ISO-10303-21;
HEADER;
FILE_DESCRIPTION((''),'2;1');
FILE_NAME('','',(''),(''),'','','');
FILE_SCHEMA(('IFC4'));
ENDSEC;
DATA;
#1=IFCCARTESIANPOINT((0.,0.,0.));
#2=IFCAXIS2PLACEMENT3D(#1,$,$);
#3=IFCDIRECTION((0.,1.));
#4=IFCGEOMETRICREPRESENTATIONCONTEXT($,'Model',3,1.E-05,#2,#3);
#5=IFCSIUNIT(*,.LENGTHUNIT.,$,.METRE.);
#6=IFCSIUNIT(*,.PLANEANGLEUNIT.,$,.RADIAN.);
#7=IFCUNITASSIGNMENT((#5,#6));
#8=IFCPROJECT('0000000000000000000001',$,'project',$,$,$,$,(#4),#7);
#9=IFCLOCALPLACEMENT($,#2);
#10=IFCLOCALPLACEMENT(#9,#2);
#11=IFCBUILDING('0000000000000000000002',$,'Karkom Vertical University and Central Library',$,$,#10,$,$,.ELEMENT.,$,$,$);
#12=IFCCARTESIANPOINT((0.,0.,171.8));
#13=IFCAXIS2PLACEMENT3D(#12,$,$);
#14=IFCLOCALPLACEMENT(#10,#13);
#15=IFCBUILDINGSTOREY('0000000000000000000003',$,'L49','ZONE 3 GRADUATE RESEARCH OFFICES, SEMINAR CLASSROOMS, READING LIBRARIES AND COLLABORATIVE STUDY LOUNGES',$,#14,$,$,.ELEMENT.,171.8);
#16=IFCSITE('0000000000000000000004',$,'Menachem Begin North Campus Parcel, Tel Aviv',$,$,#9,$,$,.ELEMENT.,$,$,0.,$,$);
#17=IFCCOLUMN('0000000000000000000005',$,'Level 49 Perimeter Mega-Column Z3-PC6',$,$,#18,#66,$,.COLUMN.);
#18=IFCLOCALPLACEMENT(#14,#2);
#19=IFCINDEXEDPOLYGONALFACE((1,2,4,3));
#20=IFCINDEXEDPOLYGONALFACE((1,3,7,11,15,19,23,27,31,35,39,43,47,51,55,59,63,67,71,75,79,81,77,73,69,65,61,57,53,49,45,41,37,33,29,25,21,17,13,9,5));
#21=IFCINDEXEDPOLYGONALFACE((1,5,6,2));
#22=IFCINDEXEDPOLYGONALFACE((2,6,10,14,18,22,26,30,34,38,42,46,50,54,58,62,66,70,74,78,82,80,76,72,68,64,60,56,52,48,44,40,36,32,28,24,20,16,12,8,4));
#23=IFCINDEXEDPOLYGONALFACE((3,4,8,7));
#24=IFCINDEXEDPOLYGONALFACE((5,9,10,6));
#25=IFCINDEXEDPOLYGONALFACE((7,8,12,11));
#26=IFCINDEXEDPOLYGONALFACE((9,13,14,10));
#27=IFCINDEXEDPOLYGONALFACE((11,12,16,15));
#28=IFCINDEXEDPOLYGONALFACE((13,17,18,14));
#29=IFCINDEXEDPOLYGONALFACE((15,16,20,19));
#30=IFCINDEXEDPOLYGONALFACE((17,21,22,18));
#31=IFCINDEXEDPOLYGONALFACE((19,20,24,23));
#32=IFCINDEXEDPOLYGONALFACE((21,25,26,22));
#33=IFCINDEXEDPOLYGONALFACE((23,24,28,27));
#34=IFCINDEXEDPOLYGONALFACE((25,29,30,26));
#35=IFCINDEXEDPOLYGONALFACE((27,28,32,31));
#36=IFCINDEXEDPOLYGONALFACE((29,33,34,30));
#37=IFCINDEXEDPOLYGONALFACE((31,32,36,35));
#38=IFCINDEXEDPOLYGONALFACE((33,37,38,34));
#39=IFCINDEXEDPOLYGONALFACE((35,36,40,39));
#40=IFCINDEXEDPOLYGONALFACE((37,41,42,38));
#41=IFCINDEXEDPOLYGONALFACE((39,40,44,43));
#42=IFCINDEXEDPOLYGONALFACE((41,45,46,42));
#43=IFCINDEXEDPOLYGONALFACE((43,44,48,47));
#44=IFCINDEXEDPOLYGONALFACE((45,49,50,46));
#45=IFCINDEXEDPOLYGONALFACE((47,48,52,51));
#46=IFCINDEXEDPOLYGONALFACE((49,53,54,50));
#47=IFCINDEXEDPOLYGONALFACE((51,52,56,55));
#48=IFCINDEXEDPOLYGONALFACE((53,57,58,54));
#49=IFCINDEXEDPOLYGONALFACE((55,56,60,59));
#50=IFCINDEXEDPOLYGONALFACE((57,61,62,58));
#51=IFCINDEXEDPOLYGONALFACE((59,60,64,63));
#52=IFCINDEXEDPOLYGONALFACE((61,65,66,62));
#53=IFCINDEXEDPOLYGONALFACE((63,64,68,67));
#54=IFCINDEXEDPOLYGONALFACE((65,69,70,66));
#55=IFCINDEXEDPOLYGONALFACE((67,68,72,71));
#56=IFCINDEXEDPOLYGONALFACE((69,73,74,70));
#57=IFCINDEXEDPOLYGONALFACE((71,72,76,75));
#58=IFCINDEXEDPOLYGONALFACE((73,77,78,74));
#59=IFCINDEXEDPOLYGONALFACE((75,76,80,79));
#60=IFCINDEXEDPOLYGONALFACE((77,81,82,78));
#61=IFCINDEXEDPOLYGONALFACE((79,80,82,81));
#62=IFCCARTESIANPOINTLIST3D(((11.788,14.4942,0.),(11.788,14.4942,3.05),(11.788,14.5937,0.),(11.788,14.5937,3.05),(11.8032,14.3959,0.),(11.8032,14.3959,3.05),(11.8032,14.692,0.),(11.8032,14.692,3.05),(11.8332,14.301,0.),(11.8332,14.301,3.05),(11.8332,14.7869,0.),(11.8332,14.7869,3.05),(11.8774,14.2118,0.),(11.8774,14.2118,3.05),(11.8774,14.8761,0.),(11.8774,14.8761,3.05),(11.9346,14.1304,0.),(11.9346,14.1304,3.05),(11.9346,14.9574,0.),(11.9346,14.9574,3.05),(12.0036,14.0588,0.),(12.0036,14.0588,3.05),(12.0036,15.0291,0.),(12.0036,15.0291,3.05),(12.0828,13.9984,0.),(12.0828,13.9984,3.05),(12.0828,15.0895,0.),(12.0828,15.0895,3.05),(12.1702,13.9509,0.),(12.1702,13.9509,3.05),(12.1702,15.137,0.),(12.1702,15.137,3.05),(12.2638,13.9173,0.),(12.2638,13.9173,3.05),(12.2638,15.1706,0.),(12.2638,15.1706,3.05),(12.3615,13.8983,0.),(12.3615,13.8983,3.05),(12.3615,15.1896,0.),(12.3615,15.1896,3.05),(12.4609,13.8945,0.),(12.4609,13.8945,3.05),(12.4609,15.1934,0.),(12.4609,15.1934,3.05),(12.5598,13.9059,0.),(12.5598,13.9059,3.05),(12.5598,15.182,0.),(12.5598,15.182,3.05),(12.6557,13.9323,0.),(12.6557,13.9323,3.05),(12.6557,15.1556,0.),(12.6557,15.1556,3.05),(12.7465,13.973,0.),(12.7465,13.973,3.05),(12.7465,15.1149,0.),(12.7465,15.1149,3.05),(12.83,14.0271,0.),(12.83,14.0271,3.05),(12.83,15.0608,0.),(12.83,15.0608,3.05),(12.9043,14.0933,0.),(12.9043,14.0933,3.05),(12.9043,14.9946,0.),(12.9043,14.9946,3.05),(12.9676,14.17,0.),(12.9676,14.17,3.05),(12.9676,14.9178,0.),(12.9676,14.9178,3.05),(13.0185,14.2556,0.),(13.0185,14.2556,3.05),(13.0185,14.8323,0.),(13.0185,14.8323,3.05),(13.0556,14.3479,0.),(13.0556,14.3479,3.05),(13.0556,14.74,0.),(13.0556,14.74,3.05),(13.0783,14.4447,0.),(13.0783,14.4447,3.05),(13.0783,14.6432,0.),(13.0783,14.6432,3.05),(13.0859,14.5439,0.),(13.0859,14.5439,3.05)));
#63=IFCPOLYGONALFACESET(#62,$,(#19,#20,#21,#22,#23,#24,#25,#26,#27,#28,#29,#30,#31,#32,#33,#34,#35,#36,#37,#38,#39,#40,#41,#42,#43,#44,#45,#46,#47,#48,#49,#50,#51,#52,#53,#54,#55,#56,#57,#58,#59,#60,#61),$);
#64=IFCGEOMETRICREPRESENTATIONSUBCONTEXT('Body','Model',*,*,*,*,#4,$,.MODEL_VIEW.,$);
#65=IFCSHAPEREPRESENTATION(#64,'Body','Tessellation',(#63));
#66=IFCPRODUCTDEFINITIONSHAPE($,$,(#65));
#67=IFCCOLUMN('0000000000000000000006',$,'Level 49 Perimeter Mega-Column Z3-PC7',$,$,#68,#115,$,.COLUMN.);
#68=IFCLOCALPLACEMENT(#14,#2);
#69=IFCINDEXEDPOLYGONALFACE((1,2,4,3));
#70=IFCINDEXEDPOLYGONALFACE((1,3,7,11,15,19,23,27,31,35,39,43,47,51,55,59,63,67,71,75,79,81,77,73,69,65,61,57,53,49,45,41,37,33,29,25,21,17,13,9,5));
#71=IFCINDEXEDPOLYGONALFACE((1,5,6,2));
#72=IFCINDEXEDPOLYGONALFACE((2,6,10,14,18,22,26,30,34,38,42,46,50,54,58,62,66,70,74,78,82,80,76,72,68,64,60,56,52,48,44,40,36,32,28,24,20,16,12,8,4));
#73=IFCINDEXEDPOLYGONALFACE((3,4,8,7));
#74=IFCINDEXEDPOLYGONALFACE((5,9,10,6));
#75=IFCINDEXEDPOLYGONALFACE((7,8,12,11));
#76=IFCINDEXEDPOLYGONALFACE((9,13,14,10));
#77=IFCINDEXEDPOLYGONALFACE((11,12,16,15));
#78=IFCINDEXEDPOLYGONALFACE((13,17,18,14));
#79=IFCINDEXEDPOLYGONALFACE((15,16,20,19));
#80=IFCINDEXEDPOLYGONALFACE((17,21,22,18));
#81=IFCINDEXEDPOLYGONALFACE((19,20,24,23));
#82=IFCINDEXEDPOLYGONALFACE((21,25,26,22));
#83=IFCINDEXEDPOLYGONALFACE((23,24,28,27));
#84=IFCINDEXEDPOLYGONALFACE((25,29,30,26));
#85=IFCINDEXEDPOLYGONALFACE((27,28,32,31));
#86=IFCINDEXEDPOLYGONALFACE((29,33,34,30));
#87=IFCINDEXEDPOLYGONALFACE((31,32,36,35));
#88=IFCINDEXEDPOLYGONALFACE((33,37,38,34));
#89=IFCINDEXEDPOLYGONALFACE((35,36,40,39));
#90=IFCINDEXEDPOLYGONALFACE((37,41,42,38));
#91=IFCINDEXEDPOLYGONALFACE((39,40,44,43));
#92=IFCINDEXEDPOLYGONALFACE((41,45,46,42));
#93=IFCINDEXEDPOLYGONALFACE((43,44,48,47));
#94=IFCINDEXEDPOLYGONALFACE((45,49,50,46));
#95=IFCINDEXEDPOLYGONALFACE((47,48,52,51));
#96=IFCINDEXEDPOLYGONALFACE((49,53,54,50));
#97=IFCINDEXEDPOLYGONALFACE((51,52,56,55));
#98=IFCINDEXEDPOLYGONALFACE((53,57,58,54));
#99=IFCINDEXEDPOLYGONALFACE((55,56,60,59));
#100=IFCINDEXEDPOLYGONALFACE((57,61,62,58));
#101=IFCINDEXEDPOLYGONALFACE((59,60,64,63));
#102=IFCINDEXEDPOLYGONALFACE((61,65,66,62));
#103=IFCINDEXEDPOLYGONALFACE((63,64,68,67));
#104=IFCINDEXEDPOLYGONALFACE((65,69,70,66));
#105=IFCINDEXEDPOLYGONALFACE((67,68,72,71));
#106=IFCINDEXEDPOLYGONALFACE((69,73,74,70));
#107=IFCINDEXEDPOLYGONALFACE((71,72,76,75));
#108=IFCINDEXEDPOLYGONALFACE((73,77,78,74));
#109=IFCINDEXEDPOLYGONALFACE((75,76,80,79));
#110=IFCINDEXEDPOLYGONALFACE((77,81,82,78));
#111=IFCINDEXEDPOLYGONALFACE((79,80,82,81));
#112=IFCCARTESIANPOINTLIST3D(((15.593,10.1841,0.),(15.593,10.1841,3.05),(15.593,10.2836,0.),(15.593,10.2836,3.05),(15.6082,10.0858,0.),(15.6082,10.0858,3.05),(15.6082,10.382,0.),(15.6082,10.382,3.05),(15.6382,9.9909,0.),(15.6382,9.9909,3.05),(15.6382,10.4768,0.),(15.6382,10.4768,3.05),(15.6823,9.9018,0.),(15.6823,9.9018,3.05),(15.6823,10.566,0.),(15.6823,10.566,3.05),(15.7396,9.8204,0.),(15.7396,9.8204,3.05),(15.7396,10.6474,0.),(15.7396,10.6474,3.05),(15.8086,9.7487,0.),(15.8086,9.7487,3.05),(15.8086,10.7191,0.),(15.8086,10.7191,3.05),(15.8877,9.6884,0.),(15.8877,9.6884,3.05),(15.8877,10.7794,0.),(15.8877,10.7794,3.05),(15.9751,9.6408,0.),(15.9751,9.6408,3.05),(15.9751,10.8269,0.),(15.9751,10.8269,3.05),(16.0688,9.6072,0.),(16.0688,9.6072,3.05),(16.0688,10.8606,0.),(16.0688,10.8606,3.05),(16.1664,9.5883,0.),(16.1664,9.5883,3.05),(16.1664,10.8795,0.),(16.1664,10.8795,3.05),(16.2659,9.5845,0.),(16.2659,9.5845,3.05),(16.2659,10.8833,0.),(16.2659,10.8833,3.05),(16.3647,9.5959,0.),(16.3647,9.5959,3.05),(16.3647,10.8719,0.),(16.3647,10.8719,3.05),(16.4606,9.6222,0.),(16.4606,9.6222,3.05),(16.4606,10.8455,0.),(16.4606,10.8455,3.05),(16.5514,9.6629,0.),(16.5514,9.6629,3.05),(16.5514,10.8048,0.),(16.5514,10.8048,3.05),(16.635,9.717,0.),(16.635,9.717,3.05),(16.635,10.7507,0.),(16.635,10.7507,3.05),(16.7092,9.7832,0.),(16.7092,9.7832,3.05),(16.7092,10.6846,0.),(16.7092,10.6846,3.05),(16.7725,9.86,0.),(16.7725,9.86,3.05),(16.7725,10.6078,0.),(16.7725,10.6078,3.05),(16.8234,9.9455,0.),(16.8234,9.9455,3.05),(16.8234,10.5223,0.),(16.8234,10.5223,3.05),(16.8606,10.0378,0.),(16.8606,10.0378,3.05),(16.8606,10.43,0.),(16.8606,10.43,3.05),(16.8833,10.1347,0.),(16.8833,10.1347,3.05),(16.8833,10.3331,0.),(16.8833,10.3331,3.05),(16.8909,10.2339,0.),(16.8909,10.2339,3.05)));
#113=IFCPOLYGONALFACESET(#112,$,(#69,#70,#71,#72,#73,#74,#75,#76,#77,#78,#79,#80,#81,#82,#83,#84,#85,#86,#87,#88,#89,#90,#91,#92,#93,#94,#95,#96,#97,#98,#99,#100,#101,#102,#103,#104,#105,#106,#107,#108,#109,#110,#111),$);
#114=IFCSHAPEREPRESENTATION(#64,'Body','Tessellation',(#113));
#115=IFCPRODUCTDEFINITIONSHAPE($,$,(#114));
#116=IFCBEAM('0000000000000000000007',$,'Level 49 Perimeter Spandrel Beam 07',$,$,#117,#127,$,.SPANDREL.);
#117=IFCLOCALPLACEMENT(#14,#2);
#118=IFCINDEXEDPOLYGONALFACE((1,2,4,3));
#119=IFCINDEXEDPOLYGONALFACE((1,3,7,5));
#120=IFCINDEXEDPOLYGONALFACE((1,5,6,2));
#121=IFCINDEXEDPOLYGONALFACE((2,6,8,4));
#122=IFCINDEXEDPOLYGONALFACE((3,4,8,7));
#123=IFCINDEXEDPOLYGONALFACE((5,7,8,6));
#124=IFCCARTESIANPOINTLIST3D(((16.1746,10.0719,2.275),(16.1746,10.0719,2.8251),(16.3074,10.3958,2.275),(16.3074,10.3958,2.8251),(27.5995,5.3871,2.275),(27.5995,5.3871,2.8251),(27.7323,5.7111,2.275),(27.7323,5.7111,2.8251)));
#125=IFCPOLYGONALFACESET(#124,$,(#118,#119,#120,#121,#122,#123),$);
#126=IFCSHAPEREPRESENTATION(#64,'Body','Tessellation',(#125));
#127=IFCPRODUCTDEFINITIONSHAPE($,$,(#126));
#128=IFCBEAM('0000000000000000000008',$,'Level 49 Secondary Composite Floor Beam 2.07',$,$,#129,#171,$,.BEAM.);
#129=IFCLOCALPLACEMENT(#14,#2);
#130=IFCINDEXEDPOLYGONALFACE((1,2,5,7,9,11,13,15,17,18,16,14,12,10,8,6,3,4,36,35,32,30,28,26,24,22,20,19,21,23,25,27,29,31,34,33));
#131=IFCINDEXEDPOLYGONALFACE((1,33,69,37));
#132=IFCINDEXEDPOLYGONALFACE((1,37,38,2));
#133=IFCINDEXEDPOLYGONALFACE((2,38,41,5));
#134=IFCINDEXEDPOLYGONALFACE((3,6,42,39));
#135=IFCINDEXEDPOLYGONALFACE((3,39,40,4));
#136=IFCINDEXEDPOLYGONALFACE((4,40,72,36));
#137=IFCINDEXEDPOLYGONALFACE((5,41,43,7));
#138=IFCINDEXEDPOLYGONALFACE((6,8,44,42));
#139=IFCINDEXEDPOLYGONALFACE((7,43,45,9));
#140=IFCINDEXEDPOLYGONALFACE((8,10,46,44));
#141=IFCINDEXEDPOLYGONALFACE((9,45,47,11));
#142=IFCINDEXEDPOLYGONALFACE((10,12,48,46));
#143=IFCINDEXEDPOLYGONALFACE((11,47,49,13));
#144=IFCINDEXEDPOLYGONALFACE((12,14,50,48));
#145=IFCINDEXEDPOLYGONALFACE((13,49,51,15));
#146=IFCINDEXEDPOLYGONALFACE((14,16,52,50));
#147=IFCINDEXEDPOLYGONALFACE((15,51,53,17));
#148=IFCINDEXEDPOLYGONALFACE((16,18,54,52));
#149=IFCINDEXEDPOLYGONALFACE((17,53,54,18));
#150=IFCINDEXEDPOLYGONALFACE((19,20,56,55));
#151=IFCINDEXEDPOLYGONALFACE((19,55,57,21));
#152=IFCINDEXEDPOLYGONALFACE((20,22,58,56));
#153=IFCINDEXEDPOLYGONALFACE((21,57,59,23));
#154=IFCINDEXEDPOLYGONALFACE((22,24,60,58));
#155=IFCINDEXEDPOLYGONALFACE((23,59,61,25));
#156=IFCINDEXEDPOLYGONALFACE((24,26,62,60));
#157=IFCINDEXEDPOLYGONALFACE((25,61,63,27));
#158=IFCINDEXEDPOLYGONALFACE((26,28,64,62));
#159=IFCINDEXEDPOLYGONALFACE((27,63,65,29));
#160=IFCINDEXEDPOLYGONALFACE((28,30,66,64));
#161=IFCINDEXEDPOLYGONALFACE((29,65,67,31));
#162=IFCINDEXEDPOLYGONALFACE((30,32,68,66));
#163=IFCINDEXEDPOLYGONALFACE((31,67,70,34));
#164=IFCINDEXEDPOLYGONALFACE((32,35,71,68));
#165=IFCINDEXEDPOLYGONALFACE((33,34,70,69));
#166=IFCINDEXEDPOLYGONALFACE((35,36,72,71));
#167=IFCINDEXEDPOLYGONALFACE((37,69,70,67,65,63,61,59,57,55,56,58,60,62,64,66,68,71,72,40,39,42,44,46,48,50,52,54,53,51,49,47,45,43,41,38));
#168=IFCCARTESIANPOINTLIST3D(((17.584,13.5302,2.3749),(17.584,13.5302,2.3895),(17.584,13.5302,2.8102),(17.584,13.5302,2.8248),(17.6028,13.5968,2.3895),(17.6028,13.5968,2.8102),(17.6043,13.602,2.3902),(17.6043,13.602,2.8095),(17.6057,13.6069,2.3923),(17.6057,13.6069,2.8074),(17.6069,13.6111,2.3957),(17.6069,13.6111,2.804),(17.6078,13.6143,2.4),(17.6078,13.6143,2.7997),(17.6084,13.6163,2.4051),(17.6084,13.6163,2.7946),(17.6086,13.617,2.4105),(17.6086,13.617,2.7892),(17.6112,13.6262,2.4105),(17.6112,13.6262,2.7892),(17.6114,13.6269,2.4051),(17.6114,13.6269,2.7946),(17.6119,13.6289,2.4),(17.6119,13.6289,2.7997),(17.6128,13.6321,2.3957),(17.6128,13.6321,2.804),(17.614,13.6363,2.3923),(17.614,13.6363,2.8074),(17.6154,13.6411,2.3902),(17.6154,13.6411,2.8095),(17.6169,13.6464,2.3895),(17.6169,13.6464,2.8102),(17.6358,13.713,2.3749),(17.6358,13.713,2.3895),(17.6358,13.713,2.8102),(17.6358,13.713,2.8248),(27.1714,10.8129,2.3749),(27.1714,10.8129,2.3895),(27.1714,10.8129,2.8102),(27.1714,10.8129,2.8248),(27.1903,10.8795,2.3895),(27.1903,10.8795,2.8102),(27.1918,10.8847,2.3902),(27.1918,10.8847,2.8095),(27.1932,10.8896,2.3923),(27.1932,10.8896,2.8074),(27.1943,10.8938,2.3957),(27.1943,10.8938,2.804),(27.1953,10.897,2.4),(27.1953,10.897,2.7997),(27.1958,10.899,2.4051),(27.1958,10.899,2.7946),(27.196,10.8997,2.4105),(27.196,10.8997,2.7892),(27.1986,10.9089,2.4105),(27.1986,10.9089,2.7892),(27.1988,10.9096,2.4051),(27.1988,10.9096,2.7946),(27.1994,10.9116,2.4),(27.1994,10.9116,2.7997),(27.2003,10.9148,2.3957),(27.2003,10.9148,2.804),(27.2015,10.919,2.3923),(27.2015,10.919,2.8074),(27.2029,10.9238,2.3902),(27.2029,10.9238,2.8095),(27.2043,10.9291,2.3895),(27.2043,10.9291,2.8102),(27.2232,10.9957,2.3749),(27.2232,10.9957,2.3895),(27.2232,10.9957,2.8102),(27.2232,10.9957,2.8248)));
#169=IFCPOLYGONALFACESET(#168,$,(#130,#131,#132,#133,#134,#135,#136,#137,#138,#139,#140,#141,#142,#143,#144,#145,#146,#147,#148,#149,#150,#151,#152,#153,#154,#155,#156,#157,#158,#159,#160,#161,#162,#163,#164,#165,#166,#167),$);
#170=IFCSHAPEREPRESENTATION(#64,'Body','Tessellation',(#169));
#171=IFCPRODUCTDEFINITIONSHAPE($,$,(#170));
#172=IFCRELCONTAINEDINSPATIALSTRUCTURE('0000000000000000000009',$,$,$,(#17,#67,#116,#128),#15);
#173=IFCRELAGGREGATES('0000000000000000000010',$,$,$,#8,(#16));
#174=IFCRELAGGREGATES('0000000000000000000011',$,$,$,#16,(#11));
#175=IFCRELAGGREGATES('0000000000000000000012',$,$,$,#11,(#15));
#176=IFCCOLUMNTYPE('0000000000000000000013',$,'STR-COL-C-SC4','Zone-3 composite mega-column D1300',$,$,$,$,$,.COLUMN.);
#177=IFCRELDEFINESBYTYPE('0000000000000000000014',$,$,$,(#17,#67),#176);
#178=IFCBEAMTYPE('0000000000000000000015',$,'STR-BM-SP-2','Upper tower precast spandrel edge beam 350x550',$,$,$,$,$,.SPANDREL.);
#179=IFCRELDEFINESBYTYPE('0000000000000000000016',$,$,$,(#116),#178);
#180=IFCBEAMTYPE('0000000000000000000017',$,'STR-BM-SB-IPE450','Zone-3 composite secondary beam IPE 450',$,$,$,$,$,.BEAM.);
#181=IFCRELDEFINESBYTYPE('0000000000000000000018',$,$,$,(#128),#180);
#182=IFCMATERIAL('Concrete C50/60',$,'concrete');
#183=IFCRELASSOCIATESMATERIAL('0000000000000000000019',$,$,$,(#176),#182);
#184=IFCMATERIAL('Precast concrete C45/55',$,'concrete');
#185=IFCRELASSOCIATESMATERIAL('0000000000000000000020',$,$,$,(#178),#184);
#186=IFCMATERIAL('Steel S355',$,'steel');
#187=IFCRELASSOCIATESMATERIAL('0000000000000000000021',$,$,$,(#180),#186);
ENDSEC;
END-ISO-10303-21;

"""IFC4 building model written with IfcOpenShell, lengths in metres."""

from ifc_helpers import new_model, si_unit, direction, frame, origin, origin_with_axes, origin_2d, place, context, subcontext, project, spatial, rectangle, circle, i_section, extrude, source, transform, mapped, material, material_profile, profile_set, type_object, element, save


model = new_model("IFC4")

# Units and contexts
model_context = context("Model", 3, precision=1e-05, world=origin(), true_north=direction((0.0, 1.0)))
body_context = subcontext(model_context, "Body", "Model", "MODEL_VIEW")
ifc_project = project(units=[si_unit("LENGTHUNIT", "METRE"), si_unit("PLANEANGLEUNIT", "RADIAN")], contexts=[model_context])

# Site, building, storey
site_placement = place(None, origin())
site = spatial("IfcSite", under=ifc_project, at=site_placement, Name="Menachem Begin North Campus Parcel, Tel Aviv", CompositionType="ELEMENT", RefElevation=0.0)
building_placement = place(site_placement, origin())
building = spatial("IfcBuilding", under=site, at=building_placement, Name="Karkom Vertical University and Central Library", CompositionType="ELEMENT")
storey_placement = place(building_placement, frame((0.0, 0.0, 171.8)))
storey = spatial("IfcBuildingStorey", under=building, at=storey_placement, Name="L49", Description="ZONE 3 GRADUATE RESEARCH OFFICES, SEMINAR CLASSROOMS, READING LIBRARIES AND COLLABORATIVE STUDY LOUNGES", CompositionType="ELEMENT", Elevation=171.8)

# Columns
ifc_material_1 = material(Name="Concrete C50/60", Category="concrete")
ifc_material_profile_1 = material_profile(ifc_material_1, circle(Radius=0.6499, at=origin_2d()), Name="CFT-D1300")
ifc_profile_set_1 = profile_set([ifc_material_profile_1], Name="Concrete C50/60")
column_type = type_object("IfcColumnType", Name="STR-COL-C-SC4", Description="Zone-3 composite mega-column D1300", PredefinedType="COLUMN", material=ifc_profile_set_1)
shared_shape_1 = source(origin_with_axes(), body_context, "Body", "SweptSolid", [
    extrude(circle(Radius=0.6499, at=origin_2d()), origin(), (0.0, 0.0, 1.0), 3.05),
])
for number, where, z_axis, x_axis, name in (
    (1, (12.436, 14.5439, 0.0), (0.0, 0.0, 1.0), (1.0, 0.0, 0.0), "Level 49 Perimeter Mega-Column Z3-PC6"),
    (2, (16.241, 10.2339, 0.0), (0.0, 0.0, 1.0), (1.0, 0.0, 0.0), "Level 49 Perimeter Mega-Column Z3-PC7"),
):
    element("IfcColumn", number, at=place(storey_placement, frame(where, z_axis=z_axis, x_axis=x_axis)), inside=storey, type_object=column_type, Name=name, PredefinedType="COLUMN", context=body_context, shape_type="MappedRepresentation", body=[
        mapped(shared_shape_1, transform((0.0, 0.0, 0.0), scale=1.0)),
    ])

# Beams
ifc_material_2 = material(Name="Precast concrete C45/55", Category="concrete")
ifc_material_profile_2 = material_profile(ifc_material_2, rectangle(XDim=0.3501, YDim=0.55, at=origin_2d()), Name="SPB-350x550")
ifc_profile_set_2 = profile_set([ifc_material_profile_2], Name="Precast concrete C45/55")
beam_type_1 = type_object("IfcBeamType", Name="STR-BM-SP-2", Description="Upper tower precast spandrel edge beam 350x550", PredefinedType="SPANDREL", material=ifc_profile_set_2)
shared_shape_2 = source(origin_with_axes(), body_context, "Body", "SweptSolid", [
    extrude(rectangle(XDim=0.3501, YDim=0.55, at=origin_2d()), origin(), (0.0, 0.0, 1.0), 12.3481),
])
beam_1_placement = place(storey_placement, frame((16.241, 10.2339, 2.55), z_axis=(0.925236, -0.379391, 0.0), x_axis=(0.379391, 0.925236, 0.0)))
element("IfcBeam", 3, at=beam_1_placement, inside=storey, type_object=beam_type_1, Name="Level 49 Perimeter Spandrel Beam 07", PredefinedType="SPANDREL", context=body_context, shape_type="MappedRepresentation", body=[
    mapped(shared_shape_2, transform((0.0, 0.0, 0.0), scale=1.0)),
])
ifc_material_3 = material(Name="Steel S355", Category="steel")
ifc_material_profile_3 = material_profile(ifc_material_3, i_section(OverallWidth=0.1899, OverallDepth=0.45, WebThickness=0.0095, FlangeThickness=0.0146, FilletRadius=0.021, at=origin_2d()), Name="IPE 450")
ifc_profile_set_3 = profile_set([ifc_material_profile_3], Name="Steel S355")
beam_type_2 = type_object("IfcBeamType", Name="STR-BM-SB-IPE450", Description="Zone-3 composite secondary beam IPE 450", PredefinedType="BEAM", material=ifc_profile_set_3)
shared_shape_3 = source(origin_with_axes(), body_context, "Body", "SweptSolid", [
    extrude(i_section(OverallWidth=0.1899, OverallDepth=0.45, WebThickness=0.0095, FlangeThickness=0.0146, FilletRadius=0.021, at=origin_2d()), origin(), (0.0, 0.0, 1.0), 9.9651),
])
beam_2_placement = place(storey_placement, frame((17.6099, 13.6216, 2.5999), z_axis=(0.962104, -0.272682, 0.0), x_axis=(0.272682, 0.962104, 0.0)))
element("IfcBeam", 4, at=beam_2_placement, inside=storey, type_object=beam_type_2, Name="Level 49 Secondary Composite Floor Beam 2.07", PredefinedType="BEAM", context=body_context, shape_type="MappedRepresentation", body=[
    mapped(shared_shape_3, transform((0.0, 0.0, 0.0), scale=1.0)),
])

save(model, "model.ifc")
